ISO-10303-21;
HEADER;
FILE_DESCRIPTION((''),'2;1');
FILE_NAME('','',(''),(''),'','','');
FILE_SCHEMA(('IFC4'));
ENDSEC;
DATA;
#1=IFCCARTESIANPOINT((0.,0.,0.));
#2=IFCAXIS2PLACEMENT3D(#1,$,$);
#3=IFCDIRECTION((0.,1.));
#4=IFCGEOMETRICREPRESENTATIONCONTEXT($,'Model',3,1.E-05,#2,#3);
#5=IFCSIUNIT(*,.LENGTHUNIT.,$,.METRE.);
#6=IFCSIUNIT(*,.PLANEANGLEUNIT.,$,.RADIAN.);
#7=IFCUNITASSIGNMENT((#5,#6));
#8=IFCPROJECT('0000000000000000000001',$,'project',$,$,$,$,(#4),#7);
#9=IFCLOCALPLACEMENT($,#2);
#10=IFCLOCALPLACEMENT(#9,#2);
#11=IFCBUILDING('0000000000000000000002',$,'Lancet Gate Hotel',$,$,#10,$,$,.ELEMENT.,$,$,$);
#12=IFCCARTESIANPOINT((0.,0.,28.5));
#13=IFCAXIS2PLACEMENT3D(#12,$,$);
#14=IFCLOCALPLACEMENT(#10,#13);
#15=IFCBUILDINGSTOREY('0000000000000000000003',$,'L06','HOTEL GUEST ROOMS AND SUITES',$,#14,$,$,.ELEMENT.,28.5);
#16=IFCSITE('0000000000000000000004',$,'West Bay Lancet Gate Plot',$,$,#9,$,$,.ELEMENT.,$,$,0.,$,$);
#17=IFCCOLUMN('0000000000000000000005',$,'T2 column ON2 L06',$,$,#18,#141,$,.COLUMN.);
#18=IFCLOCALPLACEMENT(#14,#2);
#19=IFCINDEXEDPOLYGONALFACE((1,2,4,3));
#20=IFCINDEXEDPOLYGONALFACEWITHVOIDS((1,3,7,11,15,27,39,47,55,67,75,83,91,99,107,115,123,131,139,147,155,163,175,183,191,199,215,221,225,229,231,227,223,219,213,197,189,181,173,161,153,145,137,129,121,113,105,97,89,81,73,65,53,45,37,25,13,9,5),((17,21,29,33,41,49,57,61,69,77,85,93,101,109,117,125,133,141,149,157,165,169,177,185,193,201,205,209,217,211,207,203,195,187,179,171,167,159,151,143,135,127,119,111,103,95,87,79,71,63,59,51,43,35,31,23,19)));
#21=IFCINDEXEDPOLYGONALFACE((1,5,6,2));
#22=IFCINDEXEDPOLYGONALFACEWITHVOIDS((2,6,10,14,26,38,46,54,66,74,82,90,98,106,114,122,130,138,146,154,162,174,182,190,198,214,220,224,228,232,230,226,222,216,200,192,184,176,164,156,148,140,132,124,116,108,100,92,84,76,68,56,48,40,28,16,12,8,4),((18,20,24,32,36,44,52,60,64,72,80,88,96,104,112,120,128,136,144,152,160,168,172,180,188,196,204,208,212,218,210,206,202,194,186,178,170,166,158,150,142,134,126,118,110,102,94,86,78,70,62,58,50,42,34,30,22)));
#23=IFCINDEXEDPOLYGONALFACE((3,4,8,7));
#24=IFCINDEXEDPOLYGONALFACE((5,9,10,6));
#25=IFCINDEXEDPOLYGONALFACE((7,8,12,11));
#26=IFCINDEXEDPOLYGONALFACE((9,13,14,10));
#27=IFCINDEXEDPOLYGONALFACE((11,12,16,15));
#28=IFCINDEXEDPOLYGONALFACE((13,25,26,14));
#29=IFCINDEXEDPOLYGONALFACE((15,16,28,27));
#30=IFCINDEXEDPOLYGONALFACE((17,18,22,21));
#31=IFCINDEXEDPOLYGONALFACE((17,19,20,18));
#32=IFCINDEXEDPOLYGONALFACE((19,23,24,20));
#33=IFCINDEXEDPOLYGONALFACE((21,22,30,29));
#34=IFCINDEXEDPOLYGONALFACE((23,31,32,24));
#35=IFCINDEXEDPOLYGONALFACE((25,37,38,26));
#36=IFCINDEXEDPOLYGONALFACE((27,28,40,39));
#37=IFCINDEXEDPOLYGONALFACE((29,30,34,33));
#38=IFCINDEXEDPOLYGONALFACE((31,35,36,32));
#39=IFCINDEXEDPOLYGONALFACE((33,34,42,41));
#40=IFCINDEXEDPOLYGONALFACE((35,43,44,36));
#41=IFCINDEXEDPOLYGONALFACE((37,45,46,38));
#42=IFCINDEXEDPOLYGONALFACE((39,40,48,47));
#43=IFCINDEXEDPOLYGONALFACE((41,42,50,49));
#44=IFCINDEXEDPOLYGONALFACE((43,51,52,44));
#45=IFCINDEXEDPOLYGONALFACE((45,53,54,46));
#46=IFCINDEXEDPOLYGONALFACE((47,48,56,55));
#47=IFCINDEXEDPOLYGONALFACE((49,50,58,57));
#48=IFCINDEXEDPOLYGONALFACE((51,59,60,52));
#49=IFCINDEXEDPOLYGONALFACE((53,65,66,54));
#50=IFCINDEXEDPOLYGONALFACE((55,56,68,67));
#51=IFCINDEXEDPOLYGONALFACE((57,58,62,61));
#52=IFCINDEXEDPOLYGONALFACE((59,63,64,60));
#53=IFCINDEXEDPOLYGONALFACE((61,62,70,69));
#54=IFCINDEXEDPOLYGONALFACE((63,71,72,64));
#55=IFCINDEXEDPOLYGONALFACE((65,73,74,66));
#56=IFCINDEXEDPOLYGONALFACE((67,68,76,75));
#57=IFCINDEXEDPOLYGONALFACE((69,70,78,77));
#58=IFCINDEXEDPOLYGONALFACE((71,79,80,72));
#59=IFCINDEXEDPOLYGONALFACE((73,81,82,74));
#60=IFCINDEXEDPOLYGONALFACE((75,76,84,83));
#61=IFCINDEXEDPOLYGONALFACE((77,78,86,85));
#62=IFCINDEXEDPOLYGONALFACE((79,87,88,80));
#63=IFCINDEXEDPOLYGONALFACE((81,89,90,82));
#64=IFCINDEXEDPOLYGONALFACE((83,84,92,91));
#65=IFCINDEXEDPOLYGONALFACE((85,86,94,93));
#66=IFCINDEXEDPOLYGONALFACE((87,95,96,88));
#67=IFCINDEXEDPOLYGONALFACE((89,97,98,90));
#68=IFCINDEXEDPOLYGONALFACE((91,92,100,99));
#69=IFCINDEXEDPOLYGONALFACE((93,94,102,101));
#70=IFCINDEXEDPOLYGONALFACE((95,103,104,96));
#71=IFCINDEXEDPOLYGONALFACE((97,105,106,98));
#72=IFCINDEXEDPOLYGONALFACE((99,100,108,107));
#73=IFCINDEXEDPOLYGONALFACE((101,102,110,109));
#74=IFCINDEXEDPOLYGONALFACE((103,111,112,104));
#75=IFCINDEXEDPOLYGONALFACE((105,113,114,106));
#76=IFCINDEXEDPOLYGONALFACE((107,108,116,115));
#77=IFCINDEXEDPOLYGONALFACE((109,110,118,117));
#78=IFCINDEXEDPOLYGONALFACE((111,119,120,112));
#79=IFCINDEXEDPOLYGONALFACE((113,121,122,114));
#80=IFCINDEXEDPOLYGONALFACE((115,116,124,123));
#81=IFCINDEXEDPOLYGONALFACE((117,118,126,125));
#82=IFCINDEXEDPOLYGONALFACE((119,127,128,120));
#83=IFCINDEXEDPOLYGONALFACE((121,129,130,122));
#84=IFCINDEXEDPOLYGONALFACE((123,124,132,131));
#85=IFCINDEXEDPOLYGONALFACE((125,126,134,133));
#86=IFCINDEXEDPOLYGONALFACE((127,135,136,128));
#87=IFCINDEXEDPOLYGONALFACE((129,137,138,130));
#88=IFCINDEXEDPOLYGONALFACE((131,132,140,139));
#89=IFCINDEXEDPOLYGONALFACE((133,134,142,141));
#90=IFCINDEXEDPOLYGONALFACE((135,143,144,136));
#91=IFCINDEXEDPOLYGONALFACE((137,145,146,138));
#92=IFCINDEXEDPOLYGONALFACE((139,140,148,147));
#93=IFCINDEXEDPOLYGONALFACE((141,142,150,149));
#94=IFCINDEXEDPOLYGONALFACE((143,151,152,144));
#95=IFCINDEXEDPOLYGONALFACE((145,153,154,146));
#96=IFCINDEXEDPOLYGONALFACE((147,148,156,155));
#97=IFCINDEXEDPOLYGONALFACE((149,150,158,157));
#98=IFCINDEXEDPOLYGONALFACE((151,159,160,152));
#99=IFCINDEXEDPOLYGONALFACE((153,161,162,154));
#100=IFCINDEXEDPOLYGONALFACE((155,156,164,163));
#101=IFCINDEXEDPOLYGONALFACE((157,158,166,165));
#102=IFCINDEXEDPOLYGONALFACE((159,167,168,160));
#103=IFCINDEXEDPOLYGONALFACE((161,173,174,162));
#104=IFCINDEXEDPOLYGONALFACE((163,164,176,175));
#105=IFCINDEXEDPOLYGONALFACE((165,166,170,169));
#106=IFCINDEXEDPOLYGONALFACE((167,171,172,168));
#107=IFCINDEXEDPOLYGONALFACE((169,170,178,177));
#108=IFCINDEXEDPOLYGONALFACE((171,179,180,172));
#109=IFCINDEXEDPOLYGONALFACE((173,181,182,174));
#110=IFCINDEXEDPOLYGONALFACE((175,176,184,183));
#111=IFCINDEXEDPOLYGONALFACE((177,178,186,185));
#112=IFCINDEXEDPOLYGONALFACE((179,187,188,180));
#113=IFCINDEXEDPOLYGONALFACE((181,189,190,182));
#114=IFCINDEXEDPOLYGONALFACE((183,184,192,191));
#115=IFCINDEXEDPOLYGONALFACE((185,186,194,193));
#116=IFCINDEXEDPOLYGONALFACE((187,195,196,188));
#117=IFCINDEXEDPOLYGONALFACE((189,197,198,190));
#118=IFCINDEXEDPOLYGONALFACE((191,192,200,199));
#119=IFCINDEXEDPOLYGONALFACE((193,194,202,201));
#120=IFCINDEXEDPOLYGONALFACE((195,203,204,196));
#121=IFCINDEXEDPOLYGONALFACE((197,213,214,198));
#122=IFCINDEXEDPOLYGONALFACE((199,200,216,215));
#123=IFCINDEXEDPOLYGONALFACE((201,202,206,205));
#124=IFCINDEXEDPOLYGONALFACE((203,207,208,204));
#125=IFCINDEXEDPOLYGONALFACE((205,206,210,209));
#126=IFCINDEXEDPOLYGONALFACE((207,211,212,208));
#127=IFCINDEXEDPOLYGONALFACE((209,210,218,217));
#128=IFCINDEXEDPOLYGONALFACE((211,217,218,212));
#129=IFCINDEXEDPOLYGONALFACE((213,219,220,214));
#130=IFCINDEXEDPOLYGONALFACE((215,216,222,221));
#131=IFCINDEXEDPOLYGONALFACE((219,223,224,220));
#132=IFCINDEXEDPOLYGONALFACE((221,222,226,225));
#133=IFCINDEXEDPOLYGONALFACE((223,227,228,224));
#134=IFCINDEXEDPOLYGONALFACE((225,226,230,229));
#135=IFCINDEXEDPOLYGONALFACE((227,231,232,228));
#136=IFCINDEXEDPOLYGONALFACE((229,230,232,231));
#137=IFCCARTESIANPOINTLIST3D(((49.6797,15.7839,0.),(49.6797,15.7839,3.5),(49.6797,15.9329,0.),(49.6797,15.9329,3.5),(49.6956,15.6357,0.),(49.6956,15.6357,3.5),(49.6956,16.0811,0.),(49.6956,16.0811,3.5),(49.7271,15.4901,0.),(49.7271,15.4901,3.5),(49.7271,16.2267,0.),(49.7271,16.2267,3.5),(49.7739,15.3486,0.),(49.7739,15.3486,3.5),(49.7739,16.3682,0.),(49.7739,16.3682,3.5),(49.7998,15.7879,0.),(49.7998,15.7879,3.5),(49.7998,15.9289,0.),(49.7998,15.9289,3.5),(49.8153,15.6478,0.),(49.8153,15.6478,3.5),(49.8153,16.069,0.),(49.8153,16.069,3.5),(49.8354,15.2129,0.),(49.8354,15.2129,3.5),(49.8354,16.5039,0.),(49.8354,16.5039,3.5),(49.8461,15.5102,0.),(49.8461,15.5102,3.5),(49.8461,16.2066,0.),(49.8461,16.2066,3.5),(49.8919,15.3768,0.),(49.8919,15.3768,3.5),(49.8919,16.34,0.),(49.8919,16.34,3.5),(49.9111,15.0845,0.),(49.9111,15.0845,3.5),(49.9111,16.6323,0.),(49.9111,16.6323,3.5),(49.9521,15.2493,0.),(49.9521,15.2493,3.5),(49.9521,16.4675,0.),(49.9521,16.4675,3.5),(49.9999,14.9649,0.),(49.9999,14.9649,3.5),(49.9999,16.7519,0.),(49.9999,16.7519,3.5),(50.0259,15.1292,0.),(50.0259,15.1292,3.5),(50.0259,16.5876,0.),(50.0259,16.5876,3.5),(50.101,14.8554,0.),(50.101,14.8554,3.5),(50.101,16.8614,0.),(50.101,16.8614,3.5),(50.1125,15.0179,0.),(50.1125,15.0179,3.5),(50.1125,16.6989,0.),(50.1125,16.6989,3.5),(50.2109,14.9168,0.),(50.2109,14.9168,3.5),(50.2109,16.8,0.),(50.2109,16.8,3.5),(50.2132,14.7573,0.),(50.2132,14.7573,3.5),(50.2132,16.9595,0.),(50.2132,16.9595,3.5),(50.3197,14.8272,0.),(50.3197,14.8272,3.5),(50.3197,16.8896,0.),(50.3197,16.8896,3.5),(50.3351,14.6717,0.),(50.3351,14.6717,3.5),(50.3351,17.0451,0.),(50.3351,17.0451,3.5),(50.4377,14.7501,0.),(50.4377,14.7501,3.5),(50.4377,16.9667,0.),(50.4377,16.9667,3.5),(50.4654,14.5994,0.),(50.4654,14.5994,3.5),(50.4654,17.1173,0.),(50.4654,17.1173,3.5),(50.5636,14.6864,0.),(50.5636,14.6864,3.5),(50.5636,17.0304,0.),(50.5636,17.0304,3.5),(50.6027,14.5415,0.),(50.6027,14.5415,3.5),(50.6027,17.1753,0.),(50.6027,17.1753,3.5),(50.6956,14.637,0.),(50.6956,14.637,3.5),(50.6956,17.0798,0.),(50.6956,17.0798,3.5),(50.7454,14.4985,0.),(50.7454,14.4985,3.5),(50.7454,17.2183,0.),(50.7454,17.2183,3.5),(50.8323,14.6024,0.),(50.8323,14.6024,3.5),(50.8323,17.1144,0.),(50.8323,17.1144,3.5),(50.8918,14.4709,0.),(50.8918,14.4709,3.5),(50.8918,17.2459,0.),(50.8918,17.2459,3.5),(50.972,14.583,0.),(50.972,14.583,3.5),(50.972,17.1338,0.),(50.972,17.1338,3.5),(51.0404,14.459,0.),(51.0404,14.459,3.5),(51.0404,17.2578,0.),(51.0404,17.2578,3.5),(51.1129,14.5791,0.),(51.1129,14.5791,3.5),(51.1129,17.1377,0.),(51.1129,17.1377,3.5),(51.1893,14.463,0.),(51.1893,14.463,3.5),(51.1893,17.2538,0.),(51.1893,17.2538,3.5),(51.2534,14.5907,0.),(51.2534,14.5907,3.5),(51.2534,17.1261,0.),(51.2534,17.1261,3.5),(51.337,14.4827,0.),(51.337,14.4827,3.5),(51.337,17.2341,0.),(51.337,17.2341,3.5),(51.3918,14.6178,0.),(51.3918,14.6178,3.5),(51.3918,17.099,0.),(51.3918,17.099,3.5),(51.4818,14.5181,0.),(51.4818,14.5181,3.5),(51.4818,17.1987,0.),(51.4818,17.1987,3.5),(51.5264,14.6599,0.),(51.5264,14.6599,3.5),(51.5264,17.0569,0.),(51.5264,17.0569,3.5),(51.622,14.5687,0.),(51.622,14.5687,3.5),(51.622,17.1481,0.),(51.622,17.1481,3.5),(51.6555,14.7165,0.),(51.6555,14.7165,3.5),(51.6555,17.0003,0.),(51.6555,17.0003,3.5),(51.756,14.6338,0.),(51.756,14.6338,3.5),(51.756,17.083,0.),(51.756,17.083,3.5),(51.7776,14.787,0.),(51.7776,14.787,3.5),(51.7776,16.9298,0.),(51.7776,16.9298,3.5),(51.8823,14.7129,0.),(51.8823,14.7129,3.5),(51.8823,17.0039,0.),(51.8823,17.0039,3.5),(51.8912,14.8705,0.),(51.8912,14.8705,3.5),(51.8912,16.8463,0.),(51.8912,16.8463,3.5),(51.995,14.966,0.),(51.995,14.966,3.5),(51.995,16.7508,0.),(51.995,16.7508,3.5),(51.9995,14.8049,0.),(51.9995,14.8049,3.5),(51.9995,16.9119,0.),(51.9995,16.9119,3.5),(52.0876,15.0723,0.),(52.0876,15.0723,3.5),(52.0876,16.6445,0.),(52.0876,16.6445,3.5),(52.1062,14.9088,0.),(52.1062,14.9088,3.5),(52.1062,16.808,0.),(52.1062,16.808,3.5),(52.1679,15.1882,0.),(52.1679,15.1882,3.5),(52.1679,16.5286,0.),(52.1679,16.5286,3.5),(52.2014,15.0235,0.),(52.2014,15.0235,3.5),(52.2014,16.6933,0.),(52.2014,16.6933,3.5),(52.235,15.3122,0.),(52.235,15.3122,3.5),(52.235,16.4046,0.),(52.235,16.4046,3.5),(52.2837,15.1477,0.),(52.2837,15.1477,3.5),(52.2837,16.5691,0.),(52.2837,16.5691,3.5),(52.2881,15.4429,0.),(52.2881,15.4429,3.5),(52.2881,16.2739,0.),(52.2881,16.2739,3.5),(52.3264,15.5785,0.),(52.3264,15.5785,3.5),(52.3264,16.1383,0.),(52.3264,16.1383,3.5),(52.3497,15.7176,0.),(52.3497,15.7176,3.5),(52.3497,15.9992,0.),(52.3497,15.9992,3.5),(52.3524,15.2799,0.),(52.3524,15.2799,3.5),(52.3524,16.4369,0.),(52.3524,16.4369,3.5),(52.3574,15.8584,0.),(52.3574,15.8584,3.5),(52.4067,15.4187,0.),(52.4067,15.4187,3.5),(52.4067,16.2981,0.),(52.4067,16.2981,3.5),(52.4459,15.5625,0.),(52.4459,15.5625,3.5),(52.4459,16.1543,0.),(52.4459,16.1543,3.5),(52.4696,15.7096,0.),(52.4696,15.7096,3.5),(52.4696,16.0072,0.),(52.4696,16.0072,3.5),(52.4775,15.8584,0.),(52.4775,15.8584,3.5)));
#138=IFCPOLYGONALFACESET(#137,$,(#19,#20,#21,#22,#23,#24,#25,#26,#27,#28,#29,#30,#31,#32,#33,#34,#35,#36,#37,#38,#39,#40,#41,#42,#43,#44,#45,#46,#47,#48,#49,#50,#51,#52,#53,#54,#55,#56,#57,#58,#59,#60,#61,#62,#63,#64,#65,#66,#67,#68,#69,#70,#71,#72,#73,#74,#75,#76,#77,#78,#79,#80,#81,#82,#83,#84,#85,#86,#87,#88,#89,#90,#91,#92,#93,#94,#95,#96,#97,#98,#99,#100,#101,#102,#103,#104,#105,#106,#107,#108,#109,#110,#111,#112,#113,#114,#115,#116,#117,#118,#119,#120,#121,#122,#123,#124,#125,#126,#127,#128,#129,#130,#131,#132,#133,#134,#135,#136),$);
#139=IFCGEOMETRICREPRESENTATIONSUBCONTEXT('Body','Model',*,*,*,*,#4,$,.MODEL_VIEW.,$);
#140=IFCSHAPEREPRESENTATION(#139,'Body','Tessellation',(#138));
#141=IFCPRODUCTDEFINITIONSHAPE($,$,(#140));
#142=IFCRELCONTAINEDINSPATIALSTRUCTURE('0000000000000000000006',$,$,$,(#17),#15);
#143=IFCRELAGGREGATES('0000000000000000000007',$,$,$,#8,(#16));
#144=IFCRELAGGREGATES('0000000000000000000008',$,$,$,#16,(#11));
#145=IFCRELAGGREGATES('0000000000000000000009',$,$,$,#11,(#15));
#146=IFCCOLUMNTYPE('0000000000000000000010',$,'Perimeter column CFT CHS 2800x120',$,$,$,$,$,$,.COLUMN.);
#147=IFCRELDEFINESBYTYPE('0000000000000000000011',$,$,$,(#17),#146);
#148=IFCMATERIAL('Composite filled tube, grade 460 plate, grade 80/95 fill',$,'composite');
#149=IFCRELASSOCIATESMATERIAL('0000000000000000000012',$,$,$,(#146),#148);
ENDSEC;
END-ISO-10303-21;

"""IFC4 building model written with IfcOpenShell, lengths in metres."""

from ifc_helpers import new_model, si_unit, direction, frame, origin, origin_2d, place, context, subcontext, project, spatial, hollow_circle, extrude, material, material_profile, profile_set, type_object, element, save


model = new_model("IFC4")

# Units and contexts
model_context = context("Model", 3, precision=1e-05, world=origin(), true_north=direction((0.0, 1.0)))
body_context = subcontext(model_context, "Body", "Model", "MODEL_VIEW")
ifc_project = project(units=[si_unit("LENGTHUNIT", "METRE"), si_unit("PLANEANGLEUNIT", "RADIAN")], contexts=[model_context])

# Site, building, storey
site_placement = place(None, origin())
site = spatial("IfcSite", under=ifc_project, at=site_placement, Name="West Bay Lancet Gate Plot", CompositionType="ELEMENT", RefElevation=0.0)
building_placement = place(site_placement, origin())
building = spatial("IfcBuilding", under=site, at=building_placement, Name="Lancet Gate Hotel", CompositionType="ELEMENT")
storey_placement = place(building_placement, frame((0.0, 0.0, 28.5)))
storey = spatial("IfcBuildingStorey", under=building, at=storey_placement, Name="L06", Description="HOTEL GUEST ROOMS AND SUITES", CompositionType="ELEMENT", Elevation=28.5)

# Column
ifc_material_1 = material(Name="Composite filled tube, grade 460 plate, grade 80/95 fill", Category="composite")
ifc_material_profile_1 = material_profile(ifc_material_1, hollow_circle(Radius=1.3999, WallThickness=0.1201, at=origin_2d()), Name="CHS 2800x120")
ifc_profile_set_1 = profile_set([ifc_material_profile_1], Name="Composite filled tube, grade 460 plate, grade 80/95 fill")
column_type = type_object("IfcColumnType", Name="Perimeter column CFT CHS 2800x120", PredefinedType="COLUMN", material=ifc_profile_set_1)
for number, where, z_axis, x_axis, name in (
    (1, (51.0776, 15.8584, 0.0), (0.0, 0.0, 1.0), (1.0, 0.0, 0.0), "T2 column ON2 L06"),
):
    element("IfcColumn", number, at=place(storey_placement, frame(where, z_axis=z_axis, x_axis=x_axis)), inside=storey, type_object=column_type, Name=name, PredefinedType="COLUMN", context=body_context, shape_type="SweptSolid", body=[
        extrude(hollow_circle(Radius=1.3999, WallThickness=0.1201, at=origin_2d()), origin(), (0.0, 0.0, 1.0), 3.5),
    ])

save(model, "model.ifc")
